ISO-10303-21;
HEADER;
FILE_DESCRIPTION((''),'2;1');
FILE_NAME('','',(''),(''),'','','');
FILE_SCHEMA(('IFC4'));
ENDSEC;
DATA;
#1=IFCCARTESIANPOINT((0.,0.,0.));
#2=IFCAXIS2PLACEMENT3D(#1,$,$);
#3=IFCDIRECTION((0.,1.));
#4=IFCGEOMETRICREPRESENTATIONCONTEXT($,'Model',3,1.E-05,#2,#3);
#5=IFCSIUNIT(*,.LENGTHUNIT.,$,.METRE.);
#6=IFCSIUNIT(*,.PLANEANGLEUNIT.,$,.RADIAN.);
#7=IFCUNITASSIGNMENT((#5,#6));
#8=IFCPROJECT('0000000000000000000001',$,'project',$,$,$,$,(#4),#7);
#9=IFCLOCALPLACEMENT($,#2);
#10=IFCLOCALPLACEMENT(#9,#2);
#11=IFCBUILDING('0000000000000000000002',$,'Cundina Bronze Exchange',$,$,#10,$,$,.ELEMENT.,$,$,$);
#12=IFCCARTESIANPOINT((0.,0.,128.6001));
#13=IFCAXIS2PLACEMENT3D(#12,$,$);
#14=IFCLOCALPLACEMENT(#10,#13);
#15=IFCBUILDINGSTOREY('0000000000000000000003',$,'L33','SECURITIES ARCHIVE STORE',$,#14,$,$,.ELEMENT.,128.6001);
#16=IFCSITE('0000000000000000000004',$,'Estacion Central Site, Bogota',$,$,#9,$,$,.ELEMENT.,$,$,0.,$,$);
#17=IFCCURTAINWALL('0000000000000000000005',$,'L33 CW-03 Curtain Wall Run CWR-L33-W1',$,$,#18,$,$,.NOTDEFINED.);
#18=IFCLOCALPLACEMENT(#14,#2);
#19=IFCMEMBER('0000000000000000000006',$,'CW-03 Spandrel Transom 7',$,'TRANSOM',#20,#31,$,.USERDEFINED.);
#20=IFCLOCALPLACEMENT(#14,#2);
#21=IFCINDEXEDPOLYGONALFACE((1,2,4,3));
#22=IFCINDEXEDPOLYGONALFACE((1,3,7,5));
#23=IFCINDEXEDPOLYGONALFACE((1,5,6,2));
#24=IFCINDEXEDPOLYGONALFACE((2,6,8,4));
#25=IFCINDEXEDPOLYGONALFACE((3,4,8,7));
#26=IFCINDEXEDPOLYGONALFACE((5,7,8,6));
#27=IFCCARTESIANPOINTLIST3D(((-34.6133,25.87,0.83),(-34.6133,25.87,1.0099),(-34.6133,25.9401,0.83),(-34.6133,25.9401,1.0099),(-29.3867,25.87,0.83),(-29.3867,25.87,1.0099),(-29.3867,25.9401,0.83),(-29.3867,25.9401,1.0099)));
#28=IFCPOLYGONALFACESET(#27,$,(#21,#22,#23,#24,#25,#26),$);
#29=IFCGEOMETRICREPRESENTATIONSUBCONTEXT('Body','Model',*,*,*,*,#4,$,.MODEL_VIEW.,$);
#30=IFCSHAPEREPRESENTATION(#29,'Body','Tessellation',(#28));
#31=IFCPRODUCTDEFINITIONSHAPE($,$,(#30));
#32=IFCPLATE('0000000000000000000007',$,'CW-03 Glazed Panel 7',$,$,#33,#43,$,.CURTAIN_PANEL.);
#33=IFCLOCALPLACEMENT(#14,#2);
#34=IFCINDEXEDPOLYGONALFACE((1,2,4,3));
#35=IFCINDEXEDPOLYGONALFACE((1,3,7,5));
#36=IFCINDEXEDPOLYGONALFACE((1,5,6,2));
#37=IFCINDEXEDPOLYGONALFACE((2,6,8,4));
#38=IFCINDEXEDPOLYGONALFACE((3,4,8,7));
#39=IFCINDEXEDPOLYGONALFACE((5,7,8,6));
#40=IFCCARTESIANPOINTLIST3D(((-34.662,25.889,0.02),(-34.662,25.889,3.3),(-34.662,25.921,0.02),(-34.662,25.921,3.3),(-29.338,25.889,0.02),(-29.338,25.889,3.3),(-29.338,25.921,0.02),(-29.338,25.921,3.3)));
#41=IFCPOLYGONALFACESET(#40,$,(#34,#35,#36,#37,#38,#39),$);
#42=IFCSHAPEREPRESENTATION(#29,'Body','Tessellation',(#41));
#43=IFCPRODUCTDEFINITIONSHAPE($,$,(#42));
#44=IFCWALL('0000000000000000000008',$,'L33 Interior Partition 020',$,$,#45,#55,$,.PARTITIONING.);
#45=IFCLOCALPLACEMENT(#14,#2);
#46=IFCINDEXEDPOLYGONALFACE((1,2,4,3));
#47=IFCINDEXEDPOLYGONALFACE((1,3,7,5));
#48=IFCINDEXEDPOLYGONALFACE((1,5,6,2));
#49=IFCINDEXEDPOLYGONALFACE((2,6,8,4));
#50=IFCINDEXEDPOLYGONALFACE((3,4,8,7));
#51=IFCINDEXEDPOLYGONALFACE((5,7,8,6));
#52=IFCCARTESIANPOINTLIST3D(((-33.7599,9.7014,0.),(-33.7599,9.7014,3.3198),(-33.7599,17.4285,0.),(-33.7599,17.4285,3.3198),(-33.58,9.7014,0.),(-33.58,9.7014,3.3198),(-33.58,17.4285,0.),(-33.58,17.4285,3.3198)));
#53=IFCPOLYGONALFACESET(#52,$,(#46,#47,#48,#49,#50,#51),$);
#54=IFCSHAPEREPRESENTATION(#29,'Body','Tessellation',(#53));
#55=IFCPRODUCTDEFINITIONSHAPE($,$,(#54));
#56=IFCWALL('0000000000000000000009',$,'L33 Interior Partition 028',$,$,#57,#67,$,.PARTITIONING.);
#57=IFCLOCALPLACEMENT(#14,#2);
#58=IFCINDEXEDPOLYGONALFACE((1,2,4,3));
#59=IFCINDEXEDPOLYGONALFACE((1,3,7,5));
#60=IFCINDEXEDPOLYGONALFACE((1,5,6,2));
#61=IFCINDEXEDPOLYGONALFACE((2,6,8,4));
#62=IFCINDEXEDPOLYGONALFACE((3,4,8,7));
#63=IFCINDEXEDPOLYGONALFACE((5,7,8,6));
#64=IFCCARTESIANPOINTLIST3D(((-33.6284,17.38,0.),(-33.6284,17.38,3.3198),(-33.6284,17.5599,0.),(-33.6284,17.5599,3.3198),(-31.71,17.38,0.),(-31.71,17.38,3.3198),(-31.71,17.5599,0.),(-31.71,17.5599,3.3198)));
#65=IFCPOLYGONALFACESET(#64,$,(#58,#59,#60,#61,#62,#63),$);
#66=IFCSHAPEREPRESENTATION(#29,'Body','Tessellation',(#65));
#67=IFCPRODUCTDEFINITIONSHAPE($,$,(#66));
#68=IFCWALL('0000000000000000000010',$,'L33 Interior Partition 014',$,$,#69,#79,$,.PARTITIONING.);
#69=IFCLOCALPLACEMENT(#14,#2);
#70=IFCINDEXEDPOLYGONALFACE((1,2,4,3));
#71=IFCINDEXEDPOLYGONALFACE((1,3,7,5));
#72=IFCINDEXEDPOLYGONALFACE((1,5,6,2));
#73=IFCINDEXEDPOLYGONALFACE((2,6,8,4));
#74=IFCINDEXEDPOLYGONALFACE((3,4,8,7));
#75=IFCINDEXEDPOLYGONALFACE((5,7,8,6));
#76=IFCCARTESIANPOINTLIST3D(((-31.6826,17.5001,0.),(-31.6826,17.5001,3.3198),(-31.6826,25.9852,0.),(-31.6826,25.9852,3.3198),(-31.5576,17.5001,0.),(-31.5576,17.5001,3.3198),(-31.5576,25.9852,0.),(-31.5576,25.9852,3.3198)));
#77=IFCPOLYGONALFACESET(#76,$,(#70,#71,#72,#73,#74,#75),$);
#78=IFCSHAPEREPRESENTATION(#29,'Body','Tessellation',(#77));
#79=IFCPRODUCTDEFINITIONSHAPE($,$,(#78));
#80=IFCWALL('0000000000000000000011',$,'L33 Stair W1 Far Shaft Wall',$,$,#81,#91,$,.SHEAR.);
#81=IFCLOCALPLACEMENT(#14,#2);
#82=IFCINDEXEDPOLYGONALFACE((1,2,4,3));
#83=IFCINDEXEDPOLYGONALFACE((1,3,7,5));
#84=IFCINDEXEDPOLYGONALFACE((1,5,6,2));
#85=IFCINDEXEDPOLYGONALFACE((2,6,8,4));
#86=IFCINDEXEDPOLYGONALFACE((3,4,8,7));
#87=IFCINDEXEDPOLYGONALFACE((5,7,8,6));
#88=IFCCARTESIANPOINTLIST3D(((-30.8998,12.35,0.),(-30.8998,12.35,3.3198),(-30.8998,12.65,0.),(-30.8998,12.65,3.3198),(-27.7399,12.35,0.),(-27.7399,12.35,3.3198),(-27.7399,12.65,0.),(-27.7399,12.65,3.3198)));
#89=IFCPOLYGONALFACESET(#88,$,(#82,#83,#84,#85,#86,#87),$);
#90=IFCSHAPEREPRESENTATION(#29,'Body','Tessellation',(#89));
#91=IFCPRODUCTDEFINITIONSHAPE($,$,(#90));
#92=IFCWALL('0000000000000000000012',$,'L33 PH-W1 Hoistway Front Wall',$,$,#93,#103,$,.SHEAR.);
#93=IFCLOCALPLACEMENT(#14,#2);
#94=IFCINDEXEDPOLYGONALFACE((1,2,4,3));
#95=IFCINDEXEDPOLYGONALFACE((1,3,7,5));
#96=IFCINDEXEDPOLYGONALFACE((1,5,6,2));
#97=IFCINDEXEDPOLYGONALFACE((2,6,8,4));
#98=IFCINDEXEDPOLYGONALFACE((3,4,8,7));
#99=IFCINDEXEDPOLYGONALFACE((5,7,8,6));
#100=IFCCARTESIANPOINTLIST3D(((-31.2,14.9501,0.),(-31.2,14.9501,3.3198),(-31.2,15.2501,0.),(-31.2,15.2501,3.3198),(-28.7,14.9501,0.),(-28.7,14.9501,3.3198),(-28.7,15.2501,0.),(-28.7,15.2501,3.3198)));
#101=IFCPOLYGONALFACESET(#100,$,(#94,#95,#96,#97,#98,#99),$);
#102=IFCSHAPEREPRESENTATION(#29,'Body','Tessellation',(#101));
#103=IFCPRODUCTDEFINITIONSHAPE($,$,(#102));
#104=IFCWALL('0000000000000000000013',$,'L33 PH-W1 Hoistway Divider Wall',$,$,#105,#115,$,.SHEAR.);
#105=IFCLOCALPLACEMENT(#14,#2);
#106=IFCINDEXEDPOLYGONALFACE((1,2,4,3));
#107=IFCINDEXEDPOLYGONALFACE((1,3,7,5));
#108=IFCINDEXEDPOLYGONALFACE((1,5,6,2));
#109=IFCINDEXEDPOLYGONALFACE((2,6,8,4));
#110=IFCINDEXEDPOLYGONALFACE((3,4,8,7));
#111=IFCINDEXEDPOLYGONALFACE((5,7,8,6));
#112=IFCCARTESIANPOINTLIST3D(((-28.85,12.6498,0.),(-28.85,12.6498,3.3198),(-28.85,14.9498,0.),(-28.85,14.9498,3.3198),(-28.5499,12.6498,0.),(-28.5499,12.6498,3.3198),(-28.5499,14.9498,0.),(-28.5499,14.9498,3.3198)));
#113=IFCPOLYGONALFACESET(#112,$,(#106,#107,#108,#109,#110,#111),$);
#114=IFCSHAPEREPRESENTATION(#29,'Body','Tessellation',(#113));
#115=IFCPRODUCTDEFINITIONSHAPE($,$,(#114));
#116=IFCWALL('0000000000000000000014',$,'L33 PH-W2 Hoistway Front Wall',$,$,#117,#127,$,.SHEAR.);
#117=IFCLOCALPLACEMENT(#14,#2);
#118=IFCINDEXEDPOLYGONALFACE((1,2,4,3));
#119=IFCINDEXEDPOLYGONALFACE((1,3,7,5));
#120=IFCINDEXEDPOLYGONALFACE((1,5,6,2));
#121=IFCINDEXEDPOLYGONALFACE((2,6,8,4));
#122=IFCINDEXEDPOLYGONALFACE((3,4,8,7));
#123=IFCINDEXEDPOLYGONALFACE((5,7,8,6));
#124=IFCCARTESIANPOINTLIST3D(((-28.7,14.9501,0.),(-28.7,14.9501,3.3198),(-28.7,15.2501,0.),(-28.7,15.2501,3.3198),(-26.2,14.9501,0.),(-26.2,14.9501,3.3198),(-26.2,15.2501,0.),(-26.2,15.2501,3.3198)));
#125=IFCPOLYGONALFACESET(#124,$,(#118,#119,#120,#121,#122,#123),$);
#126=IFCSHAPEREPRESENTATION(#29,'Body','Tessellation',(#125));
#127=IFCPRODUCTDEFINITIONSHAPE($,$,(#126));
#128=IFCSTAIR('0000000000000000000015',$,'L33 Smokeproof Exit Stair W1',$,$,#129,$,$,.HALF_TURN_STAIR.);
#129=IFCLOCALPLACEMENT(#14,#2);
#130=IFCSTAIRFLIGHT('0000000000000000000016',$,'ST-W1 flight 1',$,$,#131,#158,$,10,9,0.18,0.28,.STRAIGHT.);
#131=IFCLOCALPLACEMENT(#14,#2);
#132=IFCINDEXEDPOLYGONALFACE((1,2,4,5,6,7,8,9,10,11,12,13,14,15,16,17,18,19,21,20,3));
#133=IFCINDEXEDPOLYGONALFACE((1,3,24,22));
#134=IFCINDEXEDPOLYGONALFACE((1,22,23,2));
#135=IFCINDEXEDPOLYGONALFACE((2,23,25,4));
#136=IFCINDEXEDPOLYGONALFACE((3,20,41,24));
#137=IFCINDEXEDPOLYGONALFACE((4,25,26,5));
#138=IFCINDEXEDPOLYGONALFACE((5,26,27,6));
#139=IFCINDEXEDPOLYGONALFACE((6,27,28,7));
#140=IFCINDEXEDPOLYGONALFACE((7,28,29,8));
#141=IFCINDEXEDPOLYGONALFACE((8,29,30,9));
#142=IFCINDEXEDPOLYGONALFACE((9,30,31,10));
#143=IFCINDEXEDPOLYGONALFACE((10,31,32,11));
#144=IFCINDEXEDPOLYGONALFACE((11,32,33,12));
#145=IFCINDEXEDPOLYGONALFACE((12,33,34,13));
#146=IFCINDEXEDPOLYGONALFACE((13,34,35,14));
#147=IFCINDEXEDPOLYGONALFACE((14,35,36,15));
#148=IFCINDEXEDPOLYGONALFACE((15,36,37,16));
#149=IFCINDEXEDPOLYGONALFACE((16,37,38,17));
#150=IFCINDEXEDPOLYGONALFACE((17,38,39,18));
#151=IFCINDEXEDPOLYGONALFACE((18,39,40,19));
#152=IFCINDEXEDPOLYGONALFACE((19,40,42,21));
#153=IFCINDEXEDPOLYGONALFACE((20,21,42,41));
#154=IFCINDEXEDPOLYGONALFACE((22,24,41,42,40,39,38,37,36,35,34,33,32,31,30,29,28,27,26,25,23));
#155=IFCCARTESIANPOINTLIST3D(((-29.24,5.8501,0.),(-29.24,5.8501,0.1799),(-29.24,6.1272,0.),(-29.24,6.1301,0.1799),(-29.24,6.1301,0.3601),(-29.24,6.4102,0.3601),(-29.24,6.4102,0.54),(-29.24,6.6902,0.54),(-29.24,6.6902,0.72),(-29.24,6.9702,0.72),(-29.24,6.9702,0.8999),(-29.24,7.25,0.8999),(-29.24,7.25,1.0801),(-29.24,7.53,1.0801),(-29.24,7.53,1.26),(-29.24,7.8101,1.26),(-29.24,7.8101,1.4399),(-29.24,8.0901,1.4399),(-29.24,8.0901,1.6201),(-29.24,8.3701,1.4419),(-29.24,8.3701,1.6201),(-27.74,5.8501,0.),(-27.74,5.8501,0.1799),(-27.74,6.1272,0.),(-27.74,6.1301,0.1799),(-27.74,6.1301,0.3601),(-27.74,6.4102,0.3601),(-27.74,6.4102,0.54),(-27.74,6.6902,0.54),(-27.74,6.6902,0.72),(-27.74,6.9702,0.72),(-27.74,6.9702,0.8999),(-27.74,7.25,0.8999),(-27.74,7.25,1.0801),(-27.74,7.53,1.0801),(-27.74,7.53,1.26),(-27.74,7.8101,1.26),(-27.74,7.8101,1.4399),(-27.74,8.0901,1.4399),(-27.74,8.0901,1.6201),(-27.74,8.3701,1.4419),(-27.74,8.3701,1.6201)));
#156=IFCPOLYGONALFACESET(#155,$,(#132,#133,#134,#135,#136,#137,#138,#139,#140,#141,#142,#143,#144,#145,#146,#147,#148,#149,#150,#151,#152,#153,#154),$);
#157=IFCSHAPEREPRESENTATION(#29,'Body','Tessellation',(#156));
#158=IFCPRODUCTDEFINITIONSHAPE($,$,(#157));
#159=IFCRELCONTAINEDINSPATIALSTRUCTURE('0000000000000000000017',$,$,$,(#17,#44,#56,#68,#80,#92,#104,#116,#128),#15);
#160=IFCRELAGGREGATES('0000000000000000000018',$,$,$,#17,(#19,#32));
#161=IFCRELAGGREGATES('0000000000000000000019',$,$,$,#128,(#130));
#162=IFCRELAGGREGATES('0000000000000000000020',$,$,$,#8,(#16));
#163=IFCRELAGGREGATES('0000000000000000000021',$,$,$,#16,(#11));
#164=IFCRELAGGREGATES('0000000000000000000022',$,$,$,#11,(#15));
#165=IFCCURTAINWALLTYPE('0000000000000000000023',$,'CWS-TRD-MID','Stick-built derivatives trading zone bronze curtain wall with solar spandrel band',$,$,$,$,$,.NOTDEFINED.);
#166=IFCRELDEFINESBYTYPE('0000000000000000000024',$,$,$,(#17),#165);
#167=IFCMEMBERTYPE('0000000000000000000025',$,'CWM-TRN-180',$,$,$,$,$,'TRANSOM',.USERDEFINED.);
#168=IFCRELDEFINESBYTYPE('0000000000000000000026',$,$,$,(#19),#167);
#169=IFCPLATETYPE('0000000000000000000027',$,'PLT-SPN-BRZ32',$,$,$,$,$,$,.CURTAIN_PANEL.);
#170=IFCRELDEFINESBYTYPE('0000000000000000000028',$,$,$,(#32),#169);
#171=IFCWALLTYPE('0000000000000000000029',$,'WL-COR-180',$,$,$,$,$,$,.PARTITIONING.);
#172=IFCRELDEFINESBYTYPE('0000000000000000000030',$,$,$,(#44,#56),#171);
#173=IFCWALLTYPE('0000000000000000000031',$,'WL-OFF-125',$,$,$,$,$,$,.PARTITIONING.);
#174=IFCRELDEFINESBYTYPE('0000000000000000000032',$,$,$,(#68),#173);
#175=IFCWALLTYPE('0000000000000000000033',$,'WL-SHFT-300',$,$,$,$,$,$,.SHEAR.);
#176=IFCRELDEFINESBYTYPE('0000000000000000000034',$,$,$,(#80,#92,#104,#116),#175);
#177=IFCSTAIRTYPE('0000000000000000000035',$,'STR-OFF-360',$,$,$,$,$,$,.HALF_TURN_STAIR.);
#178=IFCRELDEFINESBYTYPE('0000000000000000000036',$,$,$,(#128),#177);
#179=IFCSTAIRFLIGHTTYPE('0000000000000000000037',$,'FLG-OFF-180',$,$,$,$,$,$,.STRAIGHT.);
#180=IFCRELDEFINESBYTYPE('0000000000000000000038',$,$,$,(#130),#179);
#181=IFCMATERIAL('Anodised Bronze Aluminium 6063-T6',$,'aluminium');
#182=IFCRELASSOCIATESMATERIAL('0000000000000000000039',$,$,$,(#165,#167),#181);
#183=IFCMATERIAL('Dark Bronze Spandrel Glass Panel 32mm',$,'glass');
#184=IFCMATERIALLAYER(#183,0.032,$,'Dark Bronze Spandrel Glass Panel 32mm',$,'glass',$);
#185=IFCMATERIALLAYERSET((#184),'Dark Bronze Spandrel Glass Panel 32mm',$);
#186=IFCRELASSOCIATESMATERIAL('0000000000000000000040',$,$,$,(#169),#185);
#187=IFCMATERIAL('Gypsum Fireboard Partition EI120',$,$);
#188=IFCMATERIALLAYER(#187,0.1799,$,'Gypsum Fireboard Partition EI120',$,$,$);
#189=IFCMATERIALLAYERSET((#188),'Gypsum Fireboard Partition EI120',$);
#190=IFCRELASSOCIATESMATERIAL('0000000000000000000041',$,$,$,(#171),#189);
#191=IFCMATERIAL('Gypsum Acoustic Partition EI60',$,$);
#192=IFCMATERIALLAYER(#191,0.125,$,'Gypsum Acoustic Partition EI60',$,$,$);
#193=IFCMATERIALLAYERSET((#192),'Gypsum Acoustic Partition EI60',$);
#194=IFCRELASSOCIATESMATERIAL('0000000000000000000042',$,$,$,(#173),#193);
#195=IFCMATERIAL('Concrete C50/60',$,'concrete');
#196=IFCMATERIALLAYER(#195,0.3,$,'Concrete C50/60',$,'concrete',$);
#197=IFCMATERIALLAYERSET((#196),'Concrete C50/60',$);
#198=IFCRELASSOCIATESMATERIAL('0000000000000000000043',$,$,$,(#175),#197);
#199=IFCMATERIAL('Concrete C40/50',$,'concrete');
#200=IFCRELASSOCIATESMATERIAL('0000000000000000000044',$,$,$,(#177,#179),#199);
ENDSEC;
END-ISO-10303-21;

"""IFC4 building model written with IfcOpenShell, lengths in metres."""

from ifc_helpers import new_model, si_unit, direction, frame, frame_2d, origin, origin_2d, place, context, subcontext, project, spatial, polyline, rectangle, outline, extrude, material, layer, layer_set, material_profile, profile_set, type_object, element, aggregate, save


model = new_model("IFC4")

# Units and contexts
model_context = context("Model", 3, precision=1e-05, world=origin(), true_north=direction((0.0, 1.0)))
body_context = subcontext(model_context, "Body", "Model", "MODEL_VIEW")
ifc_project = project(units=[si_unit("LENGTHUNIT", "METRE"), si_unit("PLANEANGLEUNIT", "RADIAN")], contexts=[model_context])

# Site, building, storey
site_placement = place(None, origin())
site = spatial("IfcSite", under=ifc_project, at=site_placement, Name="Estacion Central Site, Bogota", CompositionType="ELEMENT", RefElevation=0.0)
building_placement = place(site_placement, origin())
building = spatial("IfcBuilding", under=site, at=building_placement, Name="Cundina Bronze Exchange", CompositionType="ELEMENT")
storey_placement = place(building_placement, frame((0.0, 0.0, 128.6001)))
storey = spatial("IfcBuildingStorey", under=building, at=storey_placement, Name="L33", Description="SECURITIES ARCHIVE STORE", CompositionType="ELEMENT", Elevation=128.6001)

# Curtain wall
ifc_material_1 = material(Name="Anodised Bronze Aluminium 6063-T6", Category="aluminium")
curtain_wall_type = type_object("IfcCurtainWallType", Name="CWS-TRD-MID", Description="Stick-built derivatives trading zone bronze curtain wall with solar spandrel band", PredefinedType="NOTDEFINED", material=ifc_material_1)
curtain_wall_1_placement = place(storey_placement, origin())
curtain_wall_1 = element("IfcCurtainWall", 1, at=curtain_wall_1_placement, inside=storey, type_object=curtain_wall_type, Name="L33 CW-03 Curtain Wall Run CWR-L33-W1", PredefinedType="NOTDEFINED")

# Member
ifc_material_profile_1 = material_profile(ifc_material_1, rectangle(XDim=0.0701, YDim=0.1799, at=origin_2d()), Name="AL70X180", Category="aluminium")
ifc_profile_set_1 = profile_set([ifc_material_profile_1], Name="Anodised Bronze Aluminium 6063-T6")
member_type_1 = type_object("IfcMemberType", Name="CWM-TRN-180", ElementType="TRANSOM", PredefinedType="USERDEFINED", material=ifc_profile_set_1)
member_1_placement = place(storey_placement, frame((-29.3867, 25.905, 0.9199), z_axis=(-1.0, 0.0, 0.0), x_axis=(0.0, -1.0, 0.0)))
member_1 = element("IfcMember", 2, at=member_1_placement, type_object=member_type_1, Name="CW-03 Spandrel Transom 7", ObjectType="TRANSOM", PredefinedType="USERDEFINED", context=body_context, shape_type="SweptSolid", body=[
    extrude(rectangle(XDim=0.0701, YDim=0.1799, at=origin_2d()), origin(), (0.0, 0.0, 1.0), 5.2266),
])

# Plate
ifc_material_2 = material(Name="Dark Bronze Spandrel Glass Panel 32mm", Category="glass")
ifc_layer_1 = layer(ifc_material_2, 0.032, Name="Dark Bronze Spandrel Glass Panel 32mm", Category="glass")
ifc_layer_set_1 = layer_set([ifc_layer_1], Name="Dark Bronze Spandrel Glass Panel 32mm")
plate_type = type_object("IfcPlateType", Name="PLT-SPN-BRZ32", PredefinedType="CURTAIN_PANEL", material=ifc_layer_set_1)
plate_placement = place(storey_placement, frame((-32.0, 25.905, 0.02), z_axis=(0.0, 0.0, 1.0), x_axis=(-1.0, 0.0, 0.0)))
plate = element("IfcPlate", 3, at=plate_placement, type_object=plate_type, Name="CW-03 Glazed Panel 7", PredefinedType="CURTAIN_PANEL", context=body_context, shape_type="SweptSolid", body=[
    extrude(rectangle(XDim=5.324, YDim=0.032, at=origin_2d()), origin(), (0.0, 0.0, 1.0), 3.28),
])
aggregate(curtain_wall_1, [member_1, plate])

# Shared definitions
ifc_material_3 = material(Name="Gypsum Fireboard Partition EI120")
ifc_layer_2 = layer(ifc_material_3, 0.1799, Name="Gypsum Fireboard Partition EI120")
ifc_layer_set_2 = layer_set([ifc_layer_2], Name="Gypsum Fireboard Partition EI120")
wall_type_1 = type_object("IfcWallType", Name="WL-COR-180", PredefinedType="PARTITIONING", material=ifc_layer_set_2)

# Walls
wall_1_placement = place(storey_placement, frame((-33.6699, 17.4285, 0.0), z_axis=(0.0, 0.0, 1.0), x_axis=(0.0, -1.0, 0.0)))
element("IfcWall", 4, at=wall_1_placement, inside=storey, type_object=wall_type_1, Name="L33 Interior Partition 020", PredefinedType="PARTITIONING", context=body_context, shape_type="SweptSolid", body=[
    extrude(rectangle(XDim=7.7271, YDim=0.1799, at=frame_2d((3.8635, 0.0))), origin(), (0.0, 0.0, 1.0), 3.3198),
])
wall_2_placement = place(storey_placement, frame((-31.71, 17.47, 0.0), z_axis=(0.0, 0.0, 1.0), x_axis=(-1.0, 0.0, 0.0)))
element("IfcWall", 5, at=wall_2_placement, inside=storey, type_object=wall_type_1, Name="L33 Interior Partition 028", PredefinedType="PARTITIONING", context=body_context, shape_type="SweptSolid", body=[
    extrude(rectangle(XDim=1.9185, YDim=0.1799, at=frame_2d((0.9592, 0.0))), origin(), (0.0, 0.0, 1.0), 3.3198),
])
ifc_material_4 = material(Name="Gypsum Acoustic Partition EI60")
ifc_layer_3 = layer(ifc_material_4, 0.125, Name="Gypsum Acoustic Partition EI60")
ifc_layer_set_3 = layer_set([ifc_layer_3], Name="Gypsum Acoustic Partition EI60")
wall_type_2 = type_object("IfcWallType", Name="WL-OFF-125", PredefinedType="PARTITIONING", material=ifc_layer_set_3)
wall_3_placement = place(storey_placement, frame((-31.6201, 17.5, 0.0), z_axis=(0.0, 0.0, 1.0), x_axis=(0.0, 1.0, 0.0)))
element("IfcWall", 6, at=wall_3_placement, inside=storey, type_object=wall_type_2, Name="L33 Interior Partition 014", PredefinedType="PARTITIONING", context=body_context, shape_type="SweptSolid", body=[
    extrude(rectangle(XDim=8.4851, YDim=0.125, at=frame_2d((4.2427, 0.0))), origin(), (0.0, 0.0, 1.0), 3.3198),
])

# Shared definitions
ifc_material_5 = material(Name="Concrete C50/60", Category="concrete")
ifc_layer_4 = layer(ifc_material_5, 0.3, Name="Concrete C50/60", Category="concrete")
ifc_layer_set_4 = layer_set([ifc_layer_4], Name="Concrete C50/60")
wall_type_3 = type_object("IfcWallType", Name="WL-SHFT-300", PredefinedType="SHEAR", material=ifc_layer_set_4)

# Walls
wall_4_placement = place(storey_placement, frame((-30.8999, 12.5, 0.0), z_axis=(0.0, 0.0, 1.0), x_axis=(1.0, 0.0, 0.0)))
element("IfcWall", 7, at=wall_4_placement, inside=storey, type_object=wall_type_3, Name="L33 Stair W1 Far Shaft Wall", PredefinedType="SHEAR", context=body_context, shape_type="SweptSolid", body=[
    extrude(rectangle(XDim=3.1599, YDim=0.3, at=frame_2d((1.5801, 0.0))), origin(), (0.0, 0.0, 1.0), 3.3198),
])
wall_5_placement = place(storey_placement, frame((-31.2, 15.1001, 0.0), z_axis=(0.0, 0.0, 1.0), x_axis=(1.0, 0.0, 0.0)))
element("IfcWall", 8, at=wall_5_placement, inside=storey, type_object=wall_type_3, Name="L33 PH-W1 Hoistway Front Wall", PredefinedType="SHEAR", context=body_context, shape_type="SweptSolid", body=[
    extrude(rectangle(XDim=2.5, YDim=0.3, at=frame_2d((1.25, 0.0))), origin(), (0.0, 0.0, 1.0), 3.3198),
])
wall_6_placement = place(storey_placement, frame((-28.7, 12.6499, 0.0), z_axis=(0.0, 0.0, 1.0), x_axis=(0.0, 1.0, 0.0)))
element("IfcWall", 9, at=wall_6_placement, inside=storey, type_object=wall_type_3, Name="L33 PH-W1 Hoistway Divider Wall", PredefinedType="SHEAR", context=body_context, shape_type="SweptSolid", body=[
    extrude(rectangle(XDim=2.3, YDim=0.3, at=frame_2d((1.1499, 0.0))), origin(), (0.0, 0.0, 1.0), 3.3198),
])
wall_7_placement = place(storey_placement, frame((-28.7, 15.1001, 0.0), z_axis=(0.0, 0.0, 1.0), x_axis=(1.0, 0.0, 0.0)))
element("IfcWall", 10, at=wall_7_placement, inside=storey, type_object=wall_type_3, Name="L33 PH-W2 Hoistway Front Wall", PredefinedType="SHEAR", context=body_context, shape_type="SweptSolid", body=[
    extrude(rectangle(XDim=2.5, YDim=0.3, at=frame_2d((1.25, 0.0))), origin(), (0.0, 0.0, 1.0), 3.3198),
])

# Stair, stair flight
ifc_material_6 = material(Name="Concrete C40/50", Category="concrete")
stair_type = type_object("IfcStairType", Name="STR-OFF-360", PredefinedType="HALF_TURN_STAIR", material=ifc_material_6)
stair_placement = place(storey_placement, origin())
stair = element("IfcStair", 11, at=stair_placement, inside=storey, type_object=stair_type, Name="L33 Smokeproof Exit Stair W1", PredefinedType="HALF_TURN_STAIR")
stair_flight_type = type_object("IfcStairFlightType", Name="FLG-OFF-180", PredefinedType="STRAIGHT", material=ifc_material_6)
stair_flight_1_placement = place(storey_placement, frame((-28.49, 5.8501, 0.0), z_axis=(0.0, 0.0, 1.0), x_axis=(0.0, 1.0, 0.0)))
stair_flight_1 = element("IfcStairFlight", 12, at=stair_flight_1_placement, type_object=stair_flight_type, Name="ST-W1 flight 1", NumberOfRisers=10, NumberOfTreads=9, PredefinedType="STRAIGHT", RiserHeight=0.18, TreadLength=0.28, context=body_context, shape_type="SweptSolid", body=[
    extrude(outline(polyline([(0.0, 0.0), (0.0, 0.1799), (0.28, 0.1799), (0.28, 0.3601), (0.5601, 0.3601), (0.5601, 0.54), (0.8401, 0.54), (0.8401, 0.72), (1.1201, 0.72), (1.1201, 0.8999), (1.3999, 0.8999), (1.3999, 1.0801), (1.6799, 1.0801), (1.6799, 1.26), (1.96, 1.26), (1.96, 1.4399), (2.24, 1.4399), (2.24, 1.6201), (2.52, 1.6201), (2.52, 1.8), (2.52, 1.4419), (0.2771, 0.0), (0.0, 0.0)])), frame((0.0, 0.75, 0.0), z_axis=(0.0, -1.0, 0.0), x_axis=(1.0, 0.0, 0.0)), (0.0, 0.0, 1.0), 1.5),
])
aggregate(stair, [stair_flight_1])

save(model, "model.ifc")
